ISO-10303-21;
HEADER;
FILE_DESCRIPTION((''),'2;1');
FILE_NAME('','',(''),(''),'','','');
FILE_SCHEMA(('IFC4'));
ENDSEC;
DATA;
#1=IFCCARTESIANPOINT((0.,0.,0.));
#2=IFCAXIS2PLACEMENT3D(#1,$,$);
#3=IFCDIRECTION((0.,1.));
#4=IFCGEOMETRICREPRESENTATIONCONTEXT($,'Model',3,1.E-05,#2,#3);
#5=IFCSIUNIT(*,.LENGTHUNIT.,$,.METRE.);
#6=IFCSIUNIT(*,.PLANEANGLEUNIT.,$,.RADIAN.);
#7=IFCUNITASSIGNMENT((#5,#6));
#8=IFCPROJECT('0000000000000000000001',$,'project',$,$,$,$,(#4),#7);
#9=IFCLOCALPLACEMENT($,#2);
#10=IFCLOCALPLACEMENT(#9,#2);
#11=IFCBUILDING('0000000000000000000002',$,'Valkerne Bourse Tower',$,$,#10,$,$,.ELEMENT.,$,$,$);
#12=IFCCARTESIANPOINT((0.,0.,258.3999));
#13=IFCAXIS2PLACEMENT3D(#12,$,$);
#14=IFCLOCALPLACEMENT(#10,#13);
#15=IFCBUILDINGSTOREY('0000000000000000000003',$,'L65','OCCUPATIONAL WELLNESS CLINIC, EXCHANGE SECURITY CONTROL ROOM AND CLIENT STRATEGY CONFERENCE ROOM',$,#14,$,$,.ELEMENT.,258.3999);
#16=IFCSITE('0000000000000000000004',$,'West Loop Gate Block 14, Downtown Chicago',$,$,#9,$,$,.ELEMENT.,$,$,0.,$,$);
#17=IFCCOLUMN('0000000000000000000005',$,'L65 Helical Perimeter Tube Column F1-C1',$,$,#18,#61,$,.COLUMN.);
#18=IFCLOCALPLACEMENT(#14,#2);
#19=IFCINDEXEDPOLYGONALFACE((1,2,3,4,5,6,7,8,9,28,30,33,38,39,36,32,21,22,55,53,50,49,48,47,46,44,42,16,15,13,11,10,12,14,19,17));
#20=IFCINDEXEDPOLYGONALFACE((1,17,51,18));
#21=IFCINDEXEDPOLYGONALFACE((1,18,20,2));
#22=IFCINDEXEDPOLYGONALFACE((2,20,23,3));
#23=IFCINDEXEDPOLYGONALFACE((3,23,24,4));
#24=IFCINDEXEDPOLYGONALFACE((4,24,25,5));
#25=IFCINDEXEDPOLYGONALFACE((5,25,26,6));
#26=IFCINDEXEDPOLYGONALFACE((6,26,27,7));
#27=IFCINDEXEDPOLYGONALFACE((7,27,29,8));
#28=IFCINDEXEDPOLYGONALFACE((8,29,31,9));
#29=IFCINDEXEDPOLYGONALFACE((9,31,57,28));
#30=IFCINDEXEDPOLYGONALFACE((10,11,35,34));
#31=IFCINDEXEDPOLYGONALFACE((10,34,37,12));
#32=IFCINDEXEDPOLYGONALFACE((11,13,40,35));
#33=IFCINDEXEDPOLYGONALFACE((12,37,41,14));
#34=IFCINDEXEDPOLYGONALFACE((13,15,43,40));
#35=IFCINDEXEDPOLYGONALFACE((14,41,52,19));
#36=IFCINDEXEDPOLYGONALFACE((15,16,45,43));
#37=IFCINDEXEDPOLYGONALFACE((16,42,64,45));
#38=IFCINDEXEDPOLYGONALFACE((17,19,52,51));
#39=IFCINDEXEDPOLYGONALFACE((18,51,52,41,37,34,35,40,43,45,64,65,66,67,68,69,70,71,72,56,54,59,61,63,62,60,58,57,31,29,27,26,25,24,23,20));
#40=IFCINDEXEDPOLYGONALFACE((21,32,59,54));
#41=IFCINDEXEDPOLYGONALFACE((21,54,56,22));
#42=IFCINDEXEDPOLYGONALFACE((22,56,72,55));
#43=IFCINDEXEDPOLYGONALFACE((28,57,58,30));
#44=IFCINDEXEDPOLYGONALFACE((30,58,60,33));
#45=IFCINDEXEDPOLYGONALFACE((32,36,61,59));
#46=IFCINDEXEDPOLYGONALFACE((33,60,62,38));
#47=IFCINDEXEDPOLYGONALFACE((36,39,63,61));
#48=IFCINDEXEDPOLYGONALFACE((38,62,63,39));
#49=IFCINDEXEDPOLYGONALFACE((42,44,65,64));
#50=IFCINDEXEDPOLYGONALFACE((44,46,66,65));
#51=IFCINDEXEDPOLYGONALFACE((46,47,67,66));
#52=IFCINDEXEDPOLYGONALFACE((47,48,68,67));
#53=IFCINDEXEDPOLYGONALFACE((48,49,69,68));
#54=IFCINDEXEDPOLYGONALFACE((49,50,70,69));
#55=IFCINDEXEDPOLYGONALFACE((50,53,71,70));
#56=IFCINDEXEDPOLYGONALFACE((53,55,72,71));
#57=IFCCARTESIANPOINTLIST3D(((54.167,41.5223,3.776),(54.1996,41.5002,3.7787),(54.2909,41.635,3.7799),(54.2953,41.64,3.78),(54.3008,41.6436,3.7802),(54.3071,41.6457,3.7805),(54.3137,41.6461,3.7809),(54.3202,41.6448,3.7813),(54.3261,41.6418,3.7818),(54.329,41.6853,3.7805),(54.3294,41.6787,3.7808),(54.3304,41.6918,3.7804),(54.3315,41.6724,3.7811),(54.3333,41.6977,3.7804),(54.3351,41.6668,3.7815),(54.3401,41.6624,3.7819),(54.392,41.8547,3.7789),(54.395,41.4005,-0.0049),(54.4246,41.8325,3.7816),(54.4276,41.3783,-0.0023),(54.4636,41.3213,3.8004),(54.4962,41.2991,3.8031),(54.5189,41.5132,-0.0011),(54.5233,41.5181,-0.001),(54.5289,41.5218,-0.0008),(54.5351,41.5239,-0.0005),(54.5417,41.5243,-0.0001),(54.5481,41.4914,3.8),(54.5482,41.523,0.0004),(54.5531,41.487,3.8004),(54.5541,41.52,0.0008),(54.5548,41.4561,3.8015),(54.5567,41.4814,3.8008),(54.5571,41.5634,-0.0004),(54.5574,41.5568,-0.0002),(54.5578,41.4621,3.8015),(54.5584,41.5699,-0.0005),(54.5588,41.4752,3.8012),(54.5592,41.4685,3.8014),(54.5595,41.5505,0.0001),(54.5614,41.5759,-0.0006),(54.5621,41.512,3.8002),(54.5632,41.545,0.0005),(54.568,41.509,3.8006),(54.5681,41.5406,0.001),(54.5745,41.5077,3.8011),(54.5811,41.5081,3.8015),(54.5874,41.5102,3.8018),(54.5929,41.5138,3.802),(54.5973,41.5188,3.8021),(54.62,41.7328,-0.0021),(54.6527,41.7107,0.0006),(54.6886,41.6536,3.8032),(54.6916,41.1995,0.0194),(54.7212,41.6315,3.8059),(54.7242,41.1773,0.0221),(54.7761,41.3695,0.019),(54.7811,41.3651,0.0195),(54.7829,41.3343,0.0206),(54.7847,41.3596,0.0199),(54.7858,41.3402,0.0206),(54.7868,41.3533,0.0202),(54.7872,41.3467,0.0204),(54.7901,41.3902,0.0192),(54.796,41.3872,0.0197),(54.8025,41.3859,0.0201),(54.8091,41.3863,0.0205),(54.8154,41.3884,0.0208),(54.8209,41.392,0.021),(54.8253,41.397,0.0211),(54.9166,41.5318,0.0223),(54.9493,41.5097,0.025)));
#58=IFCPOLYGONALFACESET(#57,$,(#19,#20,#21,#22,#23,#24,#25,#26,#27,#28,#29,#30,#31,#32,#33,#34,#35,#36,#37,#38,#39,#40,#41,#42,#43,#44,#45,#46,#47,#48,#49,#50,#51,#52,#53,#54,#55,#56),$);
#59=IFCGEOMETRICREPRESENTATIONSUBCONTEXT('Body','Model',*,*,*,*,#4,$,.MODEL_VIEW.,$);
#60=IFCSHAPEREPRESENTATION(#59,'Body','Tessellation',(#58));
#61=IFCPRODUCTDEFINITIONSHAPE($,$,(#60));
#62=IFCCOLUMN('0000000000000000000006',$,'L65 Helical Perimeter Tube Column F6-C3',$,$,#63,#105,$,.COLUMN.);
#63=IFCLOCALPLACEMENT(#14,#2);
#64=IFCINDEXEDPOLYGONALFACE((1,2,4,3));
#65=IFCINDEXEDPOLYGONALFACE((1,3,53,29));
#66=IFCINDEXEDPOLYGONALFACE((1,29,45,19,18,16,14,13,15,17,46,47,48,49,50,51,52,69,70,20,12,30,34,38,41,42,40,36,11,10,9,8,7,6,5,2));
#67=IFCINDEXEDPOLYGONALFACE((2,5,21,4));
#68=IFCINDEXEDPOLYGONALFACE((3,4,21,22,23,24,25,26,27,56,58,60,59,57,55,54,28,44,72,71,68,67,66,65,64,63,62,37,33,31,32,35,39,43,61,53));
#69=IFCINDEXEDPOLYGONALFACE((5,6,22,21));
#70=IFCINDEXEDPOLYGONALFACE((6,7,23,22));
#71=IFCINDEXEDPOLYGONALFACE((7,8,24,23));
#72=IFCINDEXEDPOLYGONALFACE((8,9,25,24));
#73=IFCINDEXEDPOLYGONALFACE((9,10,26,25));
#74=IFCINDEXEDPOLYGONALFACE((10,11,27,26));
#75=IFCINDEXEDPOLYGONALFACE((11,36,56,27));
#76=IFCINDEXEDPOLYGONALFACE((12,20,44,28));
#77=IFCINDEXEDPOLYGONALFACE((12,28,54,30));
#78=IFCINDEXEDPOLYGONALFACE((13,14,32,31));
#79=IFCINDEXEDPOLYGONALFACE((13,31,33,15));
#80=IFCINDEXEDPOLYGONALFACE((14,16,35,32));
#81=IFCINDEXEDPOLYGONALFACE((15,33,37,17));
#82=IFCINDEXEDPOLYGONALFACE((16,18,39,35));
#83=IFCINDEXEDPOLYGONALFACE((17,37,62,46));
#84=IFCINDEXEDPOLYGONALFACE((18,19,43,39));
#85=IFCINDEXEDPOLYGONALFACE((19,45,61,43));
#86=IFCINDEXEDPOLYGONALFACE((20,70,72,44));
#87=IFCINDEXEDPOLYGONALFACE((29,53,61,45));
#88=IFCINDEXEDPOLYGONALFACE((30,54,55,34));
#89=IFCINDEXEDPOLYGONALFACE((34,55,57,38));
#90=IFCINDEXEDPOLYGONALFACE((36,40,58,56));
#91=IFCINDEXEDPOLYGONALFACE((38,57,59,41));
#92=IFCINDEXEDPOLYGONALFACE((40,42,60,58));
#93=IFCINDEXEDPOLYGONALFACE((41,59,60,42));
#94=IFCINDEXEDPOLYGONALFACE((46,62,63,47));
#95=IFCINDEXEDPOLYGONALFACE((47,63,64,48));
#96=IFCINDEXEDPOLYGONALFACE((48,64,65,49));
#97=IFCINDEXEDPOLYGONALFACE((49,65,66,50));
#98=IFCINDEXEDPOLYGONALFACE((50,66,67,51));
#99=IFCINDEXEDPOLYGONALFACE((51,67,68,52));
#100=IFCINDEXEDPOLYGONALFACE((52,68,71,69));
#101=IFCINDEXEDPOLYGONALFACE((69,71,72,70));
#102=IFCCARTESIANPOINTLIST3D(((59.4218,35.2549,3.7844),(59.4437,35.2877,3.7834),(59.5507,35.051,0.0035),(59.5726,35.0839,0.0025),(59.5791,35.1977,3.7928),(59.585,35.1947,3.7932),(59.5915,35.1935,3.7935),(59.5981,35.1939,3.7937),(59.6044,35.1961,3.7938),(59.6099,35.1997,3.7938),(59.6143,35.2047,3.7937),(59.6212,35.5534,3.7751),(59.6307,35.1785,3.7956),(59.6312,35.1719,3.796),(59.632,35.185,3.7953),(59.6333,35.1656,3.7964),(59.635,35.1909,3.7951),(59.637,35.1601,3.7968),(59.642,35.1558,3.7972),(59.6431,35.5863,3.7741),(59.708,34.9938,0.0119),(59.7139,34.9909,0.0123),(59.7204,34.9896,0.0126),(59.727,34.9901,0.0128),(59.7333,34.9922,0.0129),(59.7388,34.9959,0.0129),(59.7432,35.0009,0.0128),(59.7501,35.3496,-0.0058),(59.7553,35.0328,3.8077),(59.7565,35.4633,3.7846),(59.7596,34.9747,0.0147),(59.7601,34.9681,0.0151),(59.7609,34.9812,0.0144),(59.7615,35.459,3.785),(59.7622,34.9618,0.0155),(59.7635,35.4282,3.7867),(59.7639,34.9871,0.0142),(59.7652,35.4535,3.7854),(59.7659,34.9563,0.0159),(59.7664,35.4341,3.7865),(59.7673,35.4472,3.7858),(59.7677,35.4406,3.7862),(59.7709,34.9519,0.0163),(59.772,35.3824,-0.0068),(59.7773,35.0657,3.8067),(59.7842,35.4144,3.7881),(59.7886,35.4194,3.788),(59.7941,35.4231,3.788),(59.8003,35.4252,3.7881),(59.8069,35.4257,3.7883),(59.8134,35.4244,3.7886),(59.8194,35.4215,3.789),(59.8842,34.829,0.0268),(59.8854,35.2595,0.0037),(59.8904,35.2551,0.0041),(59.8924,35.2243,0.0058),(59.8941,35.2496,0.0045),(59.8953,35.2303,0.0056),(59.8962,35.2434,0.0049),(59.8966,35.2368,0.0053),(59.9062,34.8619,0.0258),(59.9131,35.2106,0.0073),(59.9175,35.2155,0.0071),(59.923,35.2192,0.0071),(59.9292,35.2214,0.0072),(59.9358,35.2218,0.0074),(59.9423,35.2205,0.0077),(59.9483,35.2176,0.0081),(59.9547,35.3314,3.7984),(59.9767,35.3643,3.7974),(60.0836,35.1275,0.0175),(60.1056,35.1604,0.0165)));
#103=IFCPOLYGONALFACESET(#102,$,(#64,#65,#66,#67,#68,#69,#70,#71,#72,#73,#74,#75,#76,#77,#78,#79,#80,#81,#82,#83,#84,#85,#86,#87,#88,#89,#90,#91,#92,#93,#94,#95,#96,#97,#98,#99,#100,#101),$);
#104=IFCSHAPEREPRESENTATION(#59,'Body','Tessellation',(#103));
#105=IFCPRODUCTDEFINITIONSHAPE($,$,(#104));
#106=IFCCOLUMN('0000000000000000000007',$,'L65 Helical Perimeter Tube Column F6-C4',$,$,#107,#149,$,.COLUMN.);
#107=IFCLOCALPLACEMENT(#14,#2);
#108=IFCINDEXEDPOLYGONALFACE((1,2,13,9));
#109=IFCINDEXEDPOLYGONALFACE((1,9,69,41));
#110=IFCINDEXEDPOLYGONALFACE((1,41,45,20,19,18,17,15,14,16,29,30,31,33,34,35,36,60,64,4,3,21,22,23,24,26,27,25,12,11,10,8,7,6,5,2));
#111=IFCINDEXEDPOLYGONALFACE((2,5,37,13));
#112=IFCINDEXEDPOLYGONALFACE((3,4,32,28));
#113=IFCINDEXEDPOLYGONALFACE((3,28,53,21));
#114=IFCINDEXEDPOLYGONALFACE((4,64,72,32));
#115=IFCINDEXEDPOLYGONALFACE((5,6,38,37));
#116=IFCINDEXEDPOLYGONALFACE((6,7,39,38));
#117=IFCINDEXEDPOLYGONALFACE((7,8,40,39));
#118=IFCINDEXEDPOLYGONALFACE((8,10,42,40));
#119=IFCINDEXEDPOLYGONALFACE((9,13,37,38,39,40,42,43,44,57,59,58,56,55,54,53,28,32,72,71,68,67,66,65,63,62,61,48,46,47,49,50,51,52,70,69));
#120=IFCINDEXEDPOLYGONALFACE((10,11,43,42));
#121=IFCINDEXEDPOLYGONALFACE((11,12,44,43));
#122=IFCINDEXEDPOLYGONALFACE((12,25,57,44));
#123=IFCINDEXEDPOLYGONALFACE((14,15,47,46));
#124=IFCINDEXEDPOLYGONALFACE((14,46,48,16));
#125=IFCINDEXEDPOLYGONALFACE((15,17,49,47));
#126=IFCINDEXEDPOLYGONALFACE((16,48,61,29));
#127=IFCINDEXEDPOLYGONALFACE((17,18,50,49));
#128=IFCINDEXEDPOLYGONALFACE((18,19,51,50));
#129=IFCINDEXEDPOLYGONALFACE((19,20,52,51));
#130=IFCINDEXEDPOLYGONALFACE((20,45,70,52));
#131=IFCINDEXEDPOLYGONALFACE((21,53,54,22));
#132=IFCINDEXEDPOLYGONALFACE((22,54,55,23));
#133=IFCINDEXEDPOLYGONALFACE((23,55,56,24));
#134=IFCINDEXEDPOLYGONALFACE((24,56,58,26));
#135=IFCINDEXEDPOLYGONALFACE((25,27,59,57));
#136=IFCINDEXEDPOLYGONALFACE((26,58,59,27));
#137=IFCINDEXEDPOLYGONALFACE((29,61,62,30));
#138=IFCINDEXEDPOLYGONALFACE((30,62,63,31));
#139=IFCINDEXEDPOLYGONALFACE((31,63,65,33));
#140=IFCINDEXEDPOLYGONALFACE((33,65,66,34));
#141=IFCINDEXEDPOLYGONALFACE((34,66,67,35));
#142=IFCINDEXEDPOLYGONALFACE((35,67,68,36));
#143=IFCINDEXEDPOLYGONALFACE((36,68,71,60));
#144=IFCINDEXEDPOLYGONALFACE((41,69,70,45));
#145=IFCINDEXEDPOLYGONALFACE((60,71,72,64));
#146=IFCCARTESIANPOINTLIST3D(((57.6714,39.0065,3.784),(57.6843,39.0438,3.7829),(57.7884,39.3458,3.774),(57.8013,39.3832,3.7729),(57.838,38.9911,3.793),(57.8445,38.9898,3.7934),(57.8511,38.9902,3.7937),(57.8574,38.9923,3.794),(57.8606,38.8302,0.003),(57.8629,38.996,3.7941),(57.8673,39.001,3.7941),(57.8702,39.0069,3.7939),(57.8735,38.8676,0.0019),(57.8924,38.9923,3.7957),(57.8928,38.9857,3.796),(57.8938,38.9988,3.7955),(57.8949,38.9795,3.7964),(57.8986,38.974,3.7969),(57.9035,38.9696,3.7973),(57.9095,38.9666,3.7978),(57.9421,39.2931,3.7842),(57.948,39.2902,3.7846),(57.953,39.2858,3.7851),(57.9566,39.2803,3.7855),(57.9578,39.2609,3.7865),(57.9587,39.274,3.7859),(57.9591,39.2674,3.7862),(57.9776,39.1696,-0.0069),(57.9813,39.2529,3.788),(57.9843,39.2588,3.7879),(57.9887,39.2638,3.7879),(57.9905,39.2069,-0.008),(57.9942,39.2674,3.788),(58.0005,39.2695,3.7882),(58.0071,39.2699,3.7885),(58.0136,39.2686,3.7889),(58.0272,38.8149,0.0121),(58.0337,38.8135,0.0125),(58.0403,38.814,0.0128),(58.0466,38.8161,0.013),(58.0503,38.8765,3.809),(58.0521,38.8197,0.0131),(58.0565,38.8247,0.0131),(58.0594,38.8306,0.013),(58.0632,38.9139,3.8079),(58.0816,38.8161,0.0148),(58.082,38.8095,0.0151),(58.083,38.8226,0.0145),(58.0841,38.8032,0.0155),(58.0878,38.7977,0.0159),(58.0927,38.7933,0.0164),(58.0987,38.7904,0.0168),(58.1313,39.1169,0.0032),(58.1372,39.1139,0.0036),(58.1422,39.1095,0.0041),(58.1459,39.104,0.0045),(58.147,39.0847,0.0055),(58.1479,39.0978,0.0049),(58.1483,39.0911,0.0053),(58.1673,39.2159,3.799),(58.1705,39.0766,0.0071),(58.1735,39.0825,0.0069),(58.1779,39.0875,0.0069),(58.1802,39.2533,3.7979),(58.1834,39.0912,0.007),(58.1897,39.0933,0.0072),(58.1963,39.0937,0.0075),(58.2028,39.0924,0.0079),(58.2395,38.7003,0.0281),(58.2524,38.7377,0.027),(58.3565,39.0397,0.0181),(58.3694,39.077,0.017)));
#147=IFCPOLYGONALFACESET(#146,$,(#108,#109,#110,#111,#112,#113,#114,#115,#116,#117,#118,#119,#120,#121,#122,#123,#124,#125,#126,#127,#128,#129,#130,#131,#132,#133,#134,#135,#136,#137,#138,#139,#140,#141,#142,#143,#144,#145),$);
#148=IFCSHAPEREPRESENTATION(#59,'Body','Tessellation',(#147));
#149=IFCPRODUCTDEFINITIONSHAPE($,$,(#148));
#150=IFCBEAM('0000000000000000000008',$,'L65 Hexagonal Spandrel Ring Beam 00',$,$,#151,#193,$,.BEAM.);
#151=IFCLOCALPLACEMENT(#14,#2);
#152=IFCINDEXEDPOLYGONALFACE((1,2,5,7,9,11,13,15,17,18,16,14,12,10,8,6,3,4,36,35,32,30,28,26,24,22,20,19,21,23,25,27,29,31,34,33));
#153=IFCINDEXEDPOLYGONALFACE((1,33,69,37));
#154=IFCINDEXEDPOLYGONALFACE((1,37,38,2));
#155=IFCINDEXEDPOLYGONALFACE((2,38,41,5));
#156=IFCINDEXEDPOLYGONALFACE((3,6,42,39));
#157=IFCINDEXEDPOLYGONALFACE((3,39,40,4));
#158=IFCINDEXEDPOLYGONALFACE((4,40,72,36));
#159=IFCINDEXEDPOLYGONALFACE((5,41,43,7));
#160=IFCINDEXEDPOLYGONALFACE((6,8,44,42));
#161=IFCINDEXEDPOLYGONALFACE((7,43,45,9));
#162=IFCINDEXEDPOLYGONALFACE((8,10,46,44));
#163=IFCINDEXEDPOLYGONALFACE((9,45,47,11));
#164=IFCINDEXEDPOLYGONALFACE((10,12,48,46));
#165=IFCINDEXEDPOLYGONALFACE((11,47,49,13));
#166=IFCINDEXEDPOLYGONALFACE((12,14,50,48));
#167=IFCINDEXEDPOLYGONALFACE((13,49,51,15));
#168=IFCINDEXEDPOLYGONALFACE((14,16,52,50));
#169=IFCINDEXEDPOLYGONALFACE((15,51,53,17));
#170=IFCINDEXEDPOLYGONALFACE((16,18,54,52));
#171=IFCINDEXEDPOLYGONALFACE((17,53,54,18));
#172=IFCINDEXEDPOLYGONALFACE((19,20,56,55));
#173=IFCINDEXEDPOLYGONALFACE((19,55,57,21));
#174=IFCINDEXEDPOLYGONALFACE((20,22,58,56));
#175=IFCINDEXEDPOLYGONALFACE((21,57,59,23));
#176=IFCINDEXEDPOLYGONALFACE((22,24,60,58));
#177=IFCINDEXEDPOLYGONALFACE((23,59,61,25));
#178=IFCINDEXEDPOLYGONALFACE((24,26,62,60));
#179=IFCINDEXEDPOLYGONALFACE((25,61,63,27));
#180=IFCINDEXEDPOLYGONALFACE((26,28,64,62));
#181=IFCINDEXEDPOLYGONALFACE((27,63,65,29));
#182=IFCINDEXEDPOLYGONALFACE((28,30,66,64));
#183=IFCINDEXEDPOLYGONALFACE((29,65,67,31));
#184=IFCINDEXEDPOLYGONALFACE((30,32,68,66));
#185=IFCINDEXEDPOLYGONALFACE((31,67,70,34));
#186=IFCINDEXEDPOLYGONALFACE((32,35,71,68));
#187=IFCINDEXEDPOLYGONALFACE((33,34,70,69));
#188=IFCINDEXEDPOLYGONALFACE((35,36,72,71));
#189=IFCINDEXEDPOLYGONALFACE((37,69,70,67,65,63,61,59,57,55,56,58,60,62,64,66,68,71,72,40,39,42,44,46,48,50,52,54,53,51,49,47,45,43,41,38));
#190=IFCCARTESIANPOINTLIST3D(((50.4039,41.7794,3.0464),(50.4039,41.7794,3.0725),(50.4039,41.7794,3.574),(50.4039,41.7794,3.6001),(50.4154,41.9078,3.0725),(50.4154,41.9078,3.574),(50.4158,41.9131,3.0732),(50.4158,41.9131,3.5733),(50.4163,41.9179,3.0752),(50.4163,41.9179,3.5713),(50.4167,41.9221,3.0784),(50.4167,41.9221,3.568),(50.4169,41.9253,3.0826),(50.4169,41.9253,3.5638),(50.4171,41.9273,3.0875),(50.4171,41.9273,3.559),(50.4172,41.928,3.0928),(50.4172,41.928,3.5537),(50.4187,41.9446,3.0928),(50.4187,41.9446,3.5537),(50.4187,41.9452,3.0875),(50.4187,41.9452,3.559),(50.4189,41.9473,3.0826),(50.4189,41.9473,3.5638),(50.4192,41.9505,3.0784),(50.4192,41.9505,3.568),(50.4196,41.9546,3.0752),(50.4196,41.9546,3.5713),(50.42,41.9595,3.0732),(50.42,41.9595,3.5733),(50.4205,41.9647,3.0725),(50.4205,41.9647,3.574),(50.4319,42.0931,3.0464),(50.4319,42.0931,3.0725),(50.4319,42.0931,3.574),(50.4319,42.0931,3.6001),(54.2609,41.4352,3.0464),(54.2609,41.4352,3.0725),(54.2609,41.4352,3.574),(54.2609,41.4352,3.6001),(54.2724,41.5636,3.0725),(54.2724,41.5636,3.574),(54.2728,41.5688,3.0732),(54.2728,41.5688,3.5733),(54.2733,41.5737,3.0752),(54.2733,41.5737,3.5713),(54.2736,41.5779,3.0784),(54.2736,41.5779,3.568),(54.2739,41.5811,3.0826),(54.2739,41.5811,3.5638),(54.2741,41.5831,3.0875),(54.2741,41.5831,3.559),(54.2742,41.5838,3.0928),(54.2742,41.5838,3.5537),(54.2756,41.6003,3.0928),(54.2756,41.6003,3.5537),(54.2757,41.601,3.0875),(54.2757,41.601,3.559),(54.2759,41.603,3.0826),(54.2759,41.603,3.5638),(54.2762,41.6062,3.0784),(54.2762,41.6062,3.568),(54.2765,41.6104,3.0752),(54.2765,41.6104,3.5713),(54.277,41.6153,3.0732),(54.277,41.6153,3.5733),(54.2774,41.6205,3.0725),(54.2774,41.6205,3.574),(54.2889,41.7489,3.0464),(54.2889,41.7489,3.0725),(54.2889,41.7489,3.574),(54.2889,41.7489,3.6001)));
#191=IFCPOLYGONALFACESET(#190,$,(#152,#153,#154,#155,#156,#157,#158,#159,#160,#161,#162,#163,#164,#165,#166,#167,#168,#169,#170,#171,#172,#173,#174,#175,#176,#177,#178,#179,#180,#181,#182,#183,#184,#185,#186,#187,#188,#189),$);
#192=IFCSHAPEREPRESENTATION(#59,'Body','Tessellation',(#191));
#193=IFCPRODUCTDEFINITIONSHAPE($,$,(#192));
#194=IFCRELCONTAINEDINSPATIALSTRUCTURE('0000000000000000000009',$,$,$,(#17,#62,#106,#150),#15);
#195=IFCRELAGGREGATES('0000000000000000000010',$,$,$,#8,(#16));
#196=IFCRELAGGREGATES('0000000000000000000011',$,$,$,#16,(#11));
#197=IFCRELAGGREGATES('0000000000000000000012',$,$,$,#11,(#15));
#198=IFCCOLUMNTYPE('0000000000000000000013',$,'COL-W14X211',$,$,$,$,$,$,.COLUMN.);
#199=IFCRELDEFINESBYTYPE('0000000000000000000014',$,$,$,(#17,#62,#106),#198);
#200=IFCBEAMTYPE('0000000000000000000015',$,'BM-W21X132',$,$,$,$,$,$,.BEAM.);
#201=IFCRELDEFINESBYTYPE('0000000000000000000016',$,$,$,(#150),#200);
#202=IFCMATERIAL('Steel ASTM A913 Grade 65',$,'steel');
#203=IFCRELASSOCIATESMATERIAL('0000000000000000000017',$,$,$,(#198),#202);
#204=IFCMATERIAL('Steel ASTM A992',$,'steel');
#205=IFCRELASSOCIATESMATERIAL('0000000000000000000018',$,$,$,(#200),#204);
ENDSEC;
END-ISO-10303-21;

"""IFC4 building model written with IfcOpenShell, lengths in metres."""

from ifc_helpers import new_model, si_unit, direction, frame, origin, origin_2d, place, context, subcontext, project, spatial, i_section, extrude, material, material_profile, profile_set, type_object, element, save


model = new_model("IFC4")

# Units and contexts
model_context = context("Model", 3, precision=1e-05, world=origin(), true_north=direction((0.0, 1.0)))
body_context = subcontext(model_context, "Body", "Model", "MODEL_VIEW")
ifc_project = project(units=[si_unit("LENGTHUNIT", "METRE"), si_unit("PLANEANGLEUNIT", "RADIAN")], contexts=[model_context])

# Site, building, storey
site_placement = place(None, origin())
site = spatial("IfcSite", under=ifc_project, at=site_placement, Name="West Loop Gate Block 14, Downtown Chicago", CompositionType="ELEMENT", RefElevation=0.0)
building_placement = place(site_placement, origin())
building = spatial("IfcBuilding", under=site, at=building_placement, Name="Valkerne Bourse Tower", CompositionType="ELEMENT")
storey_placement = place(building_placement, frame((0.0, 0.0, 258.3999)))
storey = spatial("IfcBuildingStorey", under=building, at=storey_placement, Name="L65", Description="OCCUPATIONAL WELLNESS CLINIC, EXCHANGE SECURITY CONTROL ROOM AND CLIENT STRATEGY CONFERENCE ROOM", CompositionType="ELEMENT", Elevation=258.3999)

# Columns
ifc_material_1 = material(Name="Steel ASTM A913 Grade 65", Category="steel")
ifc_material_profile_1 = material_profile(ifc_material_1, i_section(OverallWidth=0.4014, OverallDepth=0.3987, WebThickness=0.0249, FlangeThickness=0.0396, FilletRadius=0.0254, at=origin_2d()), Name="W14X211")
ifc_profile_set_1 = profile_set([ifc_material_profile_1], Name="Steel ASTM A913 Grade 65")
column_type = type_object("IfcColumnType", Name="COL-W14X211", PredefinedType="COLUMN", material=ifc_profile_set_1)
column_1_placement = place(storey_placement, frame((54.6721, 41.4551, 0.01), z_axis=(-0.060168, 0.032146, 0.997671), x_axis=(0.560625, 0.828039, 0.007131)))
element("IfcColumn", 1, at=column_1_placement, inside=storey, type_object=column_type, Name="L65 Helical Perimeter Tube Column F1-C1", PredefinedType="COLUMN", context=body_context, shape_type="SweptSolid", body=[
    extrude(i_section(OverallWidth=0.4014, OverallDepth=0.3987, WebThickness=0.0249, FlangeThickness=0.0396, FilletRadius=0.0254, at=origin_2d()), origin(), (0.0, 0.0, 1.0), 3.7898),
])
column_2_placement = place(storey_placement, frame((59.8281, 35.1057, 0.01), z_axis=(-0.034024, 0.053807, 0.997972), x_axis=(0.831028, -0.553182, 0.058158)))
element("IfcColumn", 2, at=column_2_placement, inside=storey, type_object=column_type, Name="L65 Helical Perimeter Tube Column F6-C3", PredefinedType="COLUMN", context=body_context, shape_type="SweptSolid", body=[
    extrude(i_section(OverallWidth=0.4014, OverallDepth=0.3987, WebThickness=0.0249, FlangeThickness=0.0396, FilletRadius=0.0254, at=origin_2d()), origin(), (0.0, 0.0, 1.0), 3.7886),
])
column_3_placement = place(storey_placement, frame((58.115, 38.9536, 0.01), z_axis=(-0.049925, 0.046511, 0.997669), x_axis=(0.944118, -0.32366, 0.062334)))
element("IfcColumn", 3, at=column_3_placement, inside=storey, type_object=column_type, Name="L65 Helical Perimeter Tube Column F6-C4", PredefinedType="COLUMN", context=body_context, shape_type="SweptSolid", body=[
    extrude(i_section(OverallWidth=0.4014, OverallDepth=0.3987, WebThickness=0.0249, FlangeThickness=0.0396, FilletRadius=0.0254, at=origin_2d()), origin(), (0.0, 0.0, 1.0), 3.7898),
])

# Beam
ifc_material_2 = material(Name="Steel ASTM A992", Category="steel")
ifc_material_profile_2 = material_profile(ifc_material_2, i_section(OverallWidth=0.3149, OverallDepth=0.5537, WebThickness=0.0166, FlangeThickness=0.0261, FilletRadius=0.0203, at=origin_2d()), Name="W21X132")
ifc_profile_set_2 = profile_set([ifc_material_profile_2], Name="Steel ASTM A992")
beam_type = type_object("IfcBeamType", Name="BM-W21X132", PredefinedType="BEAM", material=ifc_profile_set_2)
beam_1_placement = place(storey_placement, frame((54.2749, 41.592, 3.3232), z_axis=(-0.996041, 0.088898, 0.0), x_axis=(-0.088898, -0.996041, 0.0)))
element("IfcBeam", 4, at=beam_1_placement, inside=storey, type_object=beam_type, Name="L65 Hexagonal Spandrel Ring Beam 00", PredefinedType="BEAM", context=body_context, shape_type="SweptSolid", body=[
    extrude(i_section(OverallWidth=0.3149, OverallDepth=0.5537, WebThickness=0.0166, FlangeThickness=0.0261, FilletRadius=0.0203, at=origin_2d()), origin(), (0.0, 0.0, 1.0), 3.8723),
])

save(model, "model.ifc")
